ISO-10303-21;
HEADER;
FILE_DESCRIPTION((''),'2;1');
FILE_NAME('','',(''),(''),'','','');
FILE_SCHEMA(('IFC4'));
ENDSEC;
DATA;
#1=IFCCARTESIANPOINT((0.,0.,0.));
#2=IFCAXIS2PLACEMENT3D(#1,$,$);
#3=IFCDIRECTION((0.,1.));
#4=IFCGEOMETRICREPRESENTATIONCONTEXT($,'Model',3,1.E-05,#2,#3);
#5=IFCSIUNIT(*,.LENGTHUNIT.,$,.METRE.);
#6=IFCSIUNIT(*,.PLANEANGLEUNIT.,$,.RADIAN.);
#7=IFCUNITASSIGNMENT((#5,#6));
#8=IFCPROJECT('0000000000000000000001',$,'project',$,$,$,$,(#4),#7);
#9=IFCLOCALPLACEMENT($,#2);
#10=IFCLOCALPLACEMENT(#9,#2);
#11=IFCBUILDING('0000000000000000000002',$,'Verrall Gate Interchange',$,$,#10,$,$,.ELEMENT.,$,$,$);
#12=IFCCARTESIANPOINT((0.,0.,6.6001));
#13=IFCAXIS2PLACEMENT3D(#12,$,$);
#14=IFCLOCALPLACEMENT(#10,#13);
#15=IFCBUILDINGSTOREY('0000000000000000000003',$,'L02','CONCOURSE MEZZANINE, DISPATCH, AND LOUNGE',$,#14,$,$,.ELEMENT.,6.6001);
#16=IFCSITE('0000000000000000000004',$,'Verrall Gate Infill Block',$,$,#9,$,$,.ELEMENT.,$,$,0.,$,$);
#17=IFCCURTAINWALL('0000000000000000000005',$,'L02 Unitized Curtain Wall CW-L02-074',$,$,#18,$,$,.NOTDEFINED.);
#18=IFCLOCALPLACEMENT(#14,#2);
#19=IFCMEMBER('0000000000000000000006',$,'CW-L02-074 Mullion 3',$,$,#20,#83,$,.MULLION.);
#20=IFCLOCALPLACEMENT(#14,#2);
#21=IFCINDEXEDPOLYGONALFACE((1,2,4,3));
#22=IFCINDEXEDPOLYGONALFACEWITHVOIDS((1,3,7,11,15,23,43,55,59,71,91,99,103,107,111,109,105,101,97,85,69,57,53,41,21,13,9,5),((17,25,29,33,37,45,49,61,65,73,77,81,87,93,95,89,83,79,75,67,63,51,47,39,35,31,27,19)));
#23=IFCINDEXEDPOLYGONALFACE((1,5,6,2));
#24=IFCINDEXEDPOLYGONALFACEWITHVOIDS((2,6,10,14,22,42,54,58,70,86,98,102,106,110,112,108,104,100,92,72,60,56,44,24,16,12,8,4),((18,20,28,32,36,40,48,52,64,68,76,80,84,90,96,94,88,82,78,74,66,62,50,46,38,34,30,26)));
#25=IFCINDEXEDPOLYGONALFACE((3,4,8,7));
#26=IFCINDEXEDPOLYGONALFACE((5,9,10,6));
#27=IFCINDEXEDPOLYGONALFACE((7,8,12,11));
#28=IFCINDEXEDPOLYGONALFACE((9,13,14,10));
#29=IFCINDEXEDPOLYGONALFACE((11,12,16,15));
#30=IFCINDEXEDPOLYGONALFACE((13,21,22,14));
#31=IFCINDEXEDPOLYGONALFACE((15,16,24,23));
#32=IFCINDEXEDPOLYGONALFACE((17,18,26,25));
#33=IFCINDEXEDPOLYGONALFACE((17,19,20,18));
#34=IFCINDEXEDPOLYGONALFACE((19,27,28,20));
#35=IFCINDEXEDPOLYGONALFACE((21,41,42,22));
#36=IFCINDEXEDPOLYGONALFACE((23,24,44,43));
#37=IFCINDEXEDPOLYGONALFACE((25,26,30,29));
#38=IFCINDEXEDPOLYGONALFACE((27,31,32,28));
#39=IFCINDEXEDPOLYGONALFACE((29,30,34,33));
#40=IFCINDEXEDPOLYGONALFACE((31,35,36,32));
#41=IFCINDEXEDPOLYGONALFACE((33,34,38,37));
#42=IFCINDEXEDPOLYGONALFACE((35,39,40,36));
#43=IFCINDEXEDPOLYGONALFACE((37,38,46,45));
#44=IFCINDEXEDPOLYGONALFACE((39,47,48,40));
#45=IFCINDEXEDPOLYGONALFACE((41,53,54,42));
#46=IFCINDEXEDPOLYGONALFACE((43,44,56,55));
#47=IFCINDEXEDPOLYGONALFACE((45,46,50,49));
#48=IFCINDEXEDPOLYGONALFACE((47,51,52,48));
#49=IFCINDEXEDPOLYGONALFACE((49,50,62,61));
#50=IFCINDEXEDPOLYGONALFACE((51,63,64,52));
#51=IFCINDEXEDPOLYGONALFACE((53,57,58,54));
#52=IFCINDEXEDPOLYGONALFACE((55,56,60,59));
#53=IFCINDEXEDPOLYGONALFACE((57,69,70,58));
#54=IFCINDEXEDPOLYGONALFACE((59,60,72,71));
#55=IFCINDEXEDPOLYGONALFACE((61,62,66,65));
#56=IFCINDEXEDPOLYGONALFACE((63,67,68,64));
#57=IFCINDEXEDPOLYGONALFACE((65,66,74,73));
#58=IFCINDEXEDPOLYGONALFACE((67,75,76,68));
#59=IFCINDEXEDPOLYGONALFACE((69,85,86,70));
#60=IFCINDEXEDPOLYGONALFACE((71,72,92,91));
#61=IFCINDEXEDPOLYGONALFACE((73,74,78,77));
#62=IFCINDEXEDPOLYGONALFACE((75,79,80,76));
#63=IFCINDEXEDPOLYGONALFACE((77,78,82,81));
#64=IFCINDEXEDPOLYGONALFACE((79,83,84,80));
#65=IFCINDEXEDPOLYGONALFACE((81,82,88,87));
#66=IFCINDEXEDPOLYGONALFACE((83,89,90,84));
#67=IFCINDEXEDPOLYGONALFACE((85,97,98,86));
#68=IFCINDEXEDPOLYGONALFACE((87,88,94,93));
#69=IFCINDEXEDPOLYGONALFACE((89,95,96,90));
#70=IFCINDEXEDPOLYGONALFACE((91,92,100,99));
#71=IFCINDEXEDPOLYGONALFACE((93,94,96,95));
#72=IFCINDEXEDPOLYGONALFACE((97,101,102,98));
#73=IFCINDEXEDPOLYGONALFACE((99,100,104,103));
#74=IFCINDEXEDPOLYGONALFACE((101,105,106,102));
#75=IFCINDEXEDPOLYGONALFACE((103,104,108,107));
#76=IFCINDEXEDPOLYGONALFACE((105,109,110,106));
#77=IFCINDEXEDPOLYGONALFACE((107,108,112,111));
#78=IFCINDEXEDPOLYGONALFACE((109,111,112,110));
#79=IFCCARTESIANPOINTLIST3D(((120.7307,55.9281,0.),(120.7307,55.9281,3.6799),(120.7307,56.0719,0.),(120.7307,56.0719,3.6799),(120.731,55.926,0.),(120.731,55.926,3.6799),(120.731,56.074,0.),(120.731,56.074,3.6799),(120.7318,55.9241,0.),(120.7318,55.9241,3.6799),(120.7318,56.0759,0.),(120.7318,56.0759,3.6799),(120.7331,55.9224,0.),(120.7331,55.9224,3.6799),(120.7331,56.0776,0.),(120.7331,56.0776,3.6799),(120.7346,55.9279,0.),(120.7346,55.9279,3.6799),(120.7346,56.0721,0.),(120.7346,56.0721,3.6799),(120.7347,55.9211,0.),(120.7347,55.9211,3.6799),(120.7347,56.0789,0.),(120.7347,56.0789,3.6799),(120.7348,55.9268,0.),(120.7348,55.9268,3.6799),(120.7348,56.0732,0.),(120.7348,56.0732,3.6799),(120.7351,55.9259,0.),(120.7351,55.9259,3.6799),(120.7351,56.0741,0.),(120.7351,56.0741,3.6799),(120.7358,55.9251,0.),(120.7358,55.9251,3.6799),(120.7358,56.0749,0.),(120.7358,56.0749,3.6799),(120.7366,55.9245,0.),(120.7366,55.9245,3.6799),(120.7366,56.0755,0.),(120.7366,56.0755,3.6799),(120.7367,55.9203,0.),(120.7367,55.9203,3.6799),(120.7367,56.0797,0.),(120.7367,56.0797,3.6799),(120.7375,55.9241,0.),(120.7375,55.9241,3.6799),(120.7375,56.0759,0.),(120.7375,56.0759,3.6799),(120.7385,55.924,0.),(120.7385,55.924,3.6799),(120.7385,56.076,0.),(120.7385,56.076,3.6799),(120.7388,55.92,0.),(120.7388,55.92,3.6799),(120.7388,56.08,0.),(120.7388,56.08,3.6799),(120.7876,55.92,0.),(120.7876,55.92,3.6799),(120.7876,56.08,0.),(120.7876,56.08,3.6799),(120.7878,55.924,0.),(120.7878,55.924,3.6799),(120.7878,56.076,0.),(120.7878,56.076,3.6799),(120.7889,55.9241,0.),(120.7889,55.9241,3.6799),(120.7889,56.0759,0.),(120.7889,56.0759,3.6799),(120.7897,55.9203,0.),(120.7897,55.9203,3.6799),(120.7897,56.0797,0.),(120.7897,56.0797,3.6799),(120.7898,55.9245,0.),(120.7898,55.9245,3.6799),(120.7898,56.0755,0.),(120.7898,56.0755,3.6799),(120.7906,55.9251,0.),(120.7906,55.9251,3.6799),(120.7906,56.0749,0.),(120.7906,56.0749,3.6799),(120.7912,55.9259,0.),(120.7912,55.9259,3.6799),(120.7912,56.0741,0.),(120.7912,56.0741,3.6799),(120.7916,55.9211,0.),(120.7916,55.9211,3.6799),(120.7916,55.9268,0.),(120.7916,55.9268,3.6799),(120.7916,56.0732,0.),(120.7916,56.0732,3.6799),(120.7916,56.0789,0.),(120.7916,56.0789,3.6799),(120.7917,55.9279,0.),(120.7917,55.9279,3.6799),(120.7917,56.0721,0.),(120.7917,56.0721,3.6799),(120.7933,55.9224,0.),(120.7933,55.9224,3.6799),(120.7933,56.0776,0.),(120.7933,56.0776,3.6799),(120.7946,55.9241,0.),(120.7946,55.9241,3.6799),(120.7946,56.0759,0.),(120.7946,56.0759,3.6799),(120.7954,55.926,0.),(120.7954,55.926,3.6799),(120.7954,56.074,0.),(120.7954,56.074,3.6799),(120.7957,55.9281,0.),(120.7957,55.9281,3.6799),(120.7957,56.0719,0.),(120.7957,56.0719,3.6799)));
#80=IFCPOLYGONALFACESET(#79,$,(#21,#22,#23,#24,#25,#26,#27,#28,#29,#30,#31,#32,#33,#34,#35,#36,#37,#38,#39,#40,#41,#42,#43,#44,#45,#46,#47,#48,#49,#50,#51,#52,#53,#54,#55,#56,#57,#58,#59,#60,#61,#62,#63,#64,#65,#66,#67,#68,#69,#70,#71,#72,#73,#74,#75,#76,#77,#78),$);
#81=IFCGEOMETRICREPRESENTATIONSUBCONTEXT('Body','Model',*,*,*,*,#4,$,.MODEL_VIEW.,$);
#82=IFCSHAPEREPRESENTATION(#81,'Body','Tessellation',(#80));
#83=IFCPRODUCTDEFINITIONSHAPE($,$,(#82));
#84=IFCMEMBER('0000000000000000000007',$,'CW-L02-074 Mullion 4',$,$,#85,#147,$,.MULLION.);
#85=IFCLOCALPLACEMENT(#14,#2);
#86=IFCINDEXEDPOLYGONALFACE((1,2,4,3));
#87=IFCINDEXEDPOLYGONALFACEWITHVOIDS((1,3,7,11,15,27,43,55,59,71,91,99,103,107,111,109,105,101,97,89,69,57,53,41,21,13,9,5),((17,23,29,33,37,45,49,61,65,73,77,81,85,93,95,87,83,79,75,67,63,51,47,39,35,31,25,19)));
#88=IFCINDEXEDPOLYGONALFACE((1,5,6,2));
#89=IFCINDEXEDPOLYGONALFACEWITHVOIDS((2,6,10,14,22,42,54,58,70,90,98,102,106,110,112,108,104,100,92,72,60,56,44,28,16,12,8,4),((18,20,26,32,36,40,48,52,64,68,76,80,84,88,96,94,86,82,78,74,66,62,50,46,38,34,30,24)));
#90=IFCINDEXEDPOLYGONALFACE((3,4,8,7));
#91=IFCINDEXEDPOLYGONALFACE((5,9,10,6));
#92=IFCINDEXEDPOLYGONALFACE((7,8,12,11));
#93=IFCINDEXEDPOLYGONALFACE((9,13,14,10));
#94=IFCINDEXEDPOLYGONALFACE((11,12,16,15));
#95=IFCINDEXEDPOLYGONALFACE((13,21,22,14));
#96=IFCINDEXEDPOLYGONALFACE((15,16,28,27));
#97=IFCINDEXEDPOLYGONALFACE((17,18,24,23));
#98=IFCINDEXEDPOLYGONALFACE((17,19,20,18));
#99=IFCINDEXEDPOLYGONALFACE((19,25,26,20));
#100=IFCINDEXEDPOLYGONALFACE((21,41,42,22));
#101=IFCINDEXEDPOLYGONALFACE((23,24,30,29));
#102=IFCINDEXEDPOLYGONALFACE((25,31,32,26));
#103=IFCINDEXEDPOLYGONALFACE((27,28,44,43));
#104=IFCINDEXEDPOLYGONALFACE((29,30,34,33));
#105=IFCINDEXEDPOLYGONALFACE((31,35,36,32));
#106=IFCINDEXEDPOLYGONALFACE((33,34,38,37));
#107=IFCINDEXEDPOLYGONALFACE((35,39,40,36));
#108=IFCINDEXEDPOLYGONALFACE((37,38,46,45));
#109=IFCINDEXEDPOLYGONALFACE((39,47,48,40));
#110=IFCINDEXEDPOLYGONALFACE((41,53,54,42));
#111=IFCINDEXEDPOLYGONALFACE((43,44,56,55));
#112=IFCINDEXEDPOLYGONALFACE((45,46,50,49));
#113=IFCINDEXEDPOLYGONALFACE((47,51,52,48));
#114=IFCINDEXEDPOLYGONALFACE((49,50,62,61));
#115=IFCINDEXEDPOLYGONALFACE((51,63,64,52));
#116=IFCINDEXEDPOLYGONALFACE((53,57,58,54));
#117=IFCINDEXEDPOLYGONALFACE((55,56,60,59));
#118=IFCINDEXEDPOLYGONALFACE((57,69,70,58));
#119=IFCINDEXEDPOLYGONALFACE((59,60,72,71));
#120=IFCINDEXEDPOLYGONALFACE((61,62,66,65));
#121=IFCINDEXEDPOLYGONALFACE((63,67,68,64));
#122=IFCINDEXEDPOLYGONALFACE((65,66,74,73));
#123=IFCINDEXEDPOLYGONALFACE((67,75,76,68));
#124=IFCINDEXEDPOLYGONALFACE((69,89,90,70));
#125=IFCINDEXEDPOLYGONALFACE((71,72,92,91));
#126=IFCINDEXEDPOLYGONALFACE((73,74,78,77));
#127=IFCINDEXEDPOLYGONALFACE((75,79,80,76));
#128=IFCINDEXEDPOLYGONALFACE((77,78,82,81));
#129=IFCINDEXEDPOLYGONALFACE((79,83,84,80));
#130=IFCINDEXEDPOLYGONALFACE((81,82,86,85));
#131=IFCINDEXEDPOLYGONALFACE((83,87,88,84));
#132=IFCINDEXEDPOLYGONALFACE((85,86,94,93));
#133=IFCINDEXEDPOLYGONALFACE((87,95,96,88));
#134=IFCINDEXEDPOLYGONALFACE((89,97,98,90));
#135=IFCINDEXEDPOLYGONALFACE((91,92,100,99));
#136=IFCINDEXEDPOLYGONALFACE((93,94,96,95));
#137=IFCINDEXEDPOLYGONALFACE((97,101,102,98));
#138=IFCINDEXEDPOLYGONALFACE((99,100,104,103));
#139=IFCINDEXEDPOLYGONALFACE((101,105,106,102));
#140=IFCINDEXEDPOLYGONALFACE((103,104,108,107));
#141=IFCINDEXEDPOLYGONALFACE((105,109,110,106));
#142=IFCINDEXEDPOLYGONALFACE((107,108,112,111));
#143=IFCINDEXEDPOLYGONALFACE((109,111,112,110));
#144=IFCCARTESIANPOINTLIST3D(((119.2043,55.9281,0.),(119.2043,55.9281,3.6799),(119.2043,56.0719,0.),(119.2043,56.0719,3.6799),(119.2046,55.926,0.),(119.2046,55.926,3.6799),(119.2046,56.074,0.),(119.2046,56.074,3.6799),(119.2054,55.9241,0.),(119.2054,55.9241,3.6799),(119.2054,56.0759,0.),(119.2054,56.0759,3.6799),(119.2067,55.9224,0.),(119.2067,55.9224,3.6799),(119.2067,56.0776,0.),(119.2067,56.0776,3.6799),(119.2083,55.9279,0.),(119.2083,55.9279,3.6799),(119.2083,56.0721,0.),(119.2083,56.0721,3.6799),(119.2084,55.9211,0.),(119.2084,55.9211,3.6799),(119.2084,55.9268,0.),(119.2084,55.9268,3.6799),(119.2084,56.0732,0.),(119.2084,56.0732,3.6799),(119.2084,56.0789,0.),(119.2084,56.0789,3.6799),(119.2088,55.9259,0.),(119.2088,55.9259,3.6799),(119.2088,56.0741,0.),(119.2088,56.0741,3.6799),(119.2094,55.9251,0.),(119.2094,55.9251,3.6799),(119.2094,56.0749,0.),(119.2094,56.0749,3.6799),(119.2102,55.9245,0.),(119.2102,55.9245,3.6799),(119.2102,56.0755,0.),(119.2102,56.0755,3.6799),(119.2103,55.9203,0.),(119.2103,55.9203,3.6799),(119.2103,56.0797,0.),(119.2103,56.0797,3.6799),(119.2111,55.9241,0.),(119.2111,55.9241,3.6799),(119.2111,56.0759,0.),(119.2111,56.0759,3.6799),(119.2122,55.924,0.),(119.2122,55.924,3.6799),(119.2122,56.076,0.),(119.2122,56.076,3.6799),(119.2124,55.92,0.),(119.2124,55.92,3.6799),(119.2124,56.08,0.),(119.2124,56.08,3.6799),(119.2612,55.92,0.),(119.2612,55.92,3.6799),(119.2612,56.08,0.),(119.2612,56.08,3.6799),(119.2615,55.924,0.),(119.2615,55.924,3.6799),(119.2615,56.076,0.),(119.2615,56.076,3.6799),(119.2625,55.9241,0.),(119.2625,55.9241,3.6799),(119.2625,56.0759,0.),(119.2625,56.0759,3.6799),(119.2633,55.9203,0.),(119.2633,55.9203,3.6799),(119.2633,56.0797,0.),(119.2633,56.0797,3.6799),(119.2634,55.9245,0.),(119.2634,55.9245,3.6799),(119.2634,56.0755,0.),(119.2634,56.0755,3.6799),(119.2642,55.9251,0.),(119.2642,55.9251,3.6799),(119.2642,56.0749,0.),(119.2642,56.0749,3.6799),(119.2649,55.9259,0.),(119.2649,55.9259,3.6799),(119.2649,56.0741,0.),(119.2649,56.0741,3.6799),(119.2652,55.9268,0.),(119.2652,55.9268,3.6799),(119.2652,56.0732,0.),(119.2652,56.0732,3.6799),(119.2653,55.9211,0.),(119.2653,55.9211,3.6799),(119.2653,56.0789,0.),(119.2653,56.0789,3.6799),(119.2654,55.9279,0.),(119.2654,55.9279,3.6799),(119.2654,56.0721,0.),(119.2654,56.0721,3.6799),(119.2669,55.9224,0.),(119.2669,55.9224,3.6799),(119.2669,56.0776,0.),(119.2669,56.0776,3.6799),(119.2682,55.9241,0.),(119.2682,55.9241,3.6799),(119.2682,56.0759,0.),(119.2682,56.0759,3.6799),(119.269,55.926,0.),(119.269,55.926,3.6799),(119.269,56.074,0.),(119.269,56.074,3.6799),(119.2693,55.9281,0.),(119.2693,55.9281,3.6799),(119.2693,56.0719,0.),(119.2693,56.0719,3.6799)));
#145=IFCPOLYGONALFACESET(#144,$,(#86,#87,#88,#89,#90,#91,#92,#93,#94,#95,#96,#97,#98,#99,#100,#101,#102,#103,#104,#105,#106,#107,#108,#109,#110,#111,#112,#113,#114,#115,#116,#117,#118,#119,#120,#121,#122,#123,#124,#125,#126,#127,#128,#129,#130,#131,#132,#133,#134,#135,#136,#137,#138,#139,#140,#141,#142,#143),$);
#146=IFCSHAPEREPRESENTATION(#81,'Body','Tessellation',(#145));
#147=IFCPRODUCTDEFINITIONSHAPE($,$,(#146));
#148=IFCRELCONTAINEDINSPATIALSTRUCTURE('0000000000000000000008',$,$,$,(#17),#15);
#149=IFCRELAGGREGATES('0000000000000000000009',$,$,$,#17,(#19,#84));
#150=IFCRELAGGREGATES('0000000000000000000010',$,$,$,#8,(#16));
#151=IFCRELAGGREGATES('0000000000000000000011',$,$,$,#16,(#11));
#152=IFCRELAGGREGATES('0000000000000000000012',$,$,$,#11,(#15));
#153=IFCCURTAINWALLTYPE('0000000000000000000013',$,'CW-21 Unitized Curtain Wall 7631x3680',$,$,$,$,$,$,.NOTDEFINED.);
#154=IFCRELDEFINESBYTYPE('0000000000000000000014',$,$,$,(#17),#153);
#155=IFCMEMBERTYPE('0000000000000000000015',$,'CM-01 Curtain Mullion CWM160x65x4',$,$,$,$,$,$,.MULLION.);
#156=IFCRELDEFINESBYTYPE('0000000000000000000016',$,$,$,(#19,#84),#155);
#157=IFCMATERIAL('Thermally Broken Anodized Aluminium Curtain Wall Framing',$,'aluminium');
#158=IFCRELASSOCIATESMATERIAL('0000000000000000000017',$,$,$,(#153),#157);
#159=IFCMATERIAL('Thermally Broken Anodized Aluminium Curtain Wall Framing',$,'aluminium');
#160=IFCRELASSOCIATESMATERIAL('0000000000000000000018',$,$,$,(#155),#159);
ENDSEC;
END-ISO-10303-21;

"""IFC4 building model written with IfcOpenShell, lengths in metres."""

from ifc_helpers import new_model, si_unit, direction, frame, origin, origin_2d, place, context, subcontext, project, spatial, hollow_rectangle, extrude, material, material_profile, profile_set, type_object, element, aggregate, save


model = new_model("IFC4")

# Units and contexts
model_context = context("Model", 3, precision=1e-05, world=origin(), true_north=direction((0.0, 1.0)))
body_context = subcontext(model_context, "Body", "Model", "MODEL_VIEW")
ifc_project = project(units=[si_unit("LENGTHUNIT", "METRE"), si_unit("PLANEANGLEUNIT", "RADIAN")], contexts=[model_context])

# Site, building, storey
site_placement = place(None, origin())
site = spatial("IfcSite", under=ifc_project, at=site_placement, Name="Verrall Gate Infill Block", CompositionType="ELEMENT", RefElevation=0.0)
building_placement = place(site_placement, origin())
building = spatial("IfcBuilding", under=site, at=building_placement, Name="Verrall Gate Interchange", CompositionType="ELEMENT")
storey_placement = place(building_placement, frame((0.0, 0.0, 6.6001)))
storey = spatial("IfcBuildingStorey", under=building, at=storey_placement, Name="L02", Description="CONCOURSE MEZZANINE, DISPATCH, AND LOUNGE", CompositionType="ELEMENT", Elevation=6.6001)

# Curtain wall, members
ifc_material_1 = material(Name="Thermally Broken Anodized Aluminium Curtain Wall Framing", Category="aluminium")
curtain_wall_type = type_object("IfcCurtainWallType", Name="CW-21 Unitized Curtain Wall 7631x3680", PredefinedType="NOTDEFINED", material=ifc_material_1)
curtain_wall_1_placement = place(storey_placement, origin())
curtain_wall_1 = element("IfcCurtainWall", 1, at=curtain_wall_1_placement, inside=storey, type_object=curtain_wall_type, Name="L02 Unitized Curtain Wall CW-L02-074", PredefinedType="NOTDEFINED")
ifc_material_2 = material(Name="Thermally Broken Anodized Aluminium Curtain Wall Framing", Category="aluminium")
ifc_material_profile_1 = material_profile(ifc_material_2, hollow_rectangle(XDim=0.0649, YDim=0.1599, WallThickness=0.0039, InnerFilletRadius=0.0039, OuterFilletRadius=0.0081, at=origin_2d()), Name="CWM160x65x4")
ifc_profile_set_1 = profile_set([ifc_material_profile_1], Name="Thermally Broken Anodized Aluminium Curtain Wall Framing")
member_type_1 = type_object("IfcMemberType", Name="CM-01 Curtain Mullion CWM160x65x4", PredefinedType="MULLION", material=ifc_profile_set_1)
member_1_placement = place(storey_placement, frame((120.7632, 56.0, 0.0), z_axis=(0.0, 0.0, 1.0), x_axis=(-1.0, 0.0, 0.0)))
member_1 = element("IfcMember", 2, at=member_1_placement, type_object=member_type_1, Name="CW-L02-074 Mullion 3", PredefinedType="MULLION", context=body_context, shape_type="SweptSolid", body=[
    extrude(hollow_rectangle(XDim=0.0649, YDim=0.1599, WallThickness=0.0039, InnerFilletRadius=0.0039, OuterFilletRadius=0.0081, at=origin_2d()), origin(), (0.0, 0.0, 1.0), 3.6799),
])
member_2_placement = place(storey_placement, frame((119.2368, 56.0, 0.0), z_axis=(0.0, 0.0, 1.0), x_axis=(-1.0, 0.0, 0.0)))
member_2 = element("IfcMember", 3, at=member_2_placement, type_object=member_type_1, Name="CW-L02-074 Mullion 4", PredefinedType="MULLION", context=body_context, shape_type="SweptSolid", body=[
    extrude(hollow_rectangle(XDim=0.0649, YDim=0.1599, WallThickness=0.0039, InnerFilletRadius=0.0039, OuterFilletRadius=0.0081, at=origin_2d()), origin(), (0.0, 0.0, 1.0), 3.6799),
])

aggregate(curtain_wall_1, [member_1, member_2])

save(model, "model.ifc")
